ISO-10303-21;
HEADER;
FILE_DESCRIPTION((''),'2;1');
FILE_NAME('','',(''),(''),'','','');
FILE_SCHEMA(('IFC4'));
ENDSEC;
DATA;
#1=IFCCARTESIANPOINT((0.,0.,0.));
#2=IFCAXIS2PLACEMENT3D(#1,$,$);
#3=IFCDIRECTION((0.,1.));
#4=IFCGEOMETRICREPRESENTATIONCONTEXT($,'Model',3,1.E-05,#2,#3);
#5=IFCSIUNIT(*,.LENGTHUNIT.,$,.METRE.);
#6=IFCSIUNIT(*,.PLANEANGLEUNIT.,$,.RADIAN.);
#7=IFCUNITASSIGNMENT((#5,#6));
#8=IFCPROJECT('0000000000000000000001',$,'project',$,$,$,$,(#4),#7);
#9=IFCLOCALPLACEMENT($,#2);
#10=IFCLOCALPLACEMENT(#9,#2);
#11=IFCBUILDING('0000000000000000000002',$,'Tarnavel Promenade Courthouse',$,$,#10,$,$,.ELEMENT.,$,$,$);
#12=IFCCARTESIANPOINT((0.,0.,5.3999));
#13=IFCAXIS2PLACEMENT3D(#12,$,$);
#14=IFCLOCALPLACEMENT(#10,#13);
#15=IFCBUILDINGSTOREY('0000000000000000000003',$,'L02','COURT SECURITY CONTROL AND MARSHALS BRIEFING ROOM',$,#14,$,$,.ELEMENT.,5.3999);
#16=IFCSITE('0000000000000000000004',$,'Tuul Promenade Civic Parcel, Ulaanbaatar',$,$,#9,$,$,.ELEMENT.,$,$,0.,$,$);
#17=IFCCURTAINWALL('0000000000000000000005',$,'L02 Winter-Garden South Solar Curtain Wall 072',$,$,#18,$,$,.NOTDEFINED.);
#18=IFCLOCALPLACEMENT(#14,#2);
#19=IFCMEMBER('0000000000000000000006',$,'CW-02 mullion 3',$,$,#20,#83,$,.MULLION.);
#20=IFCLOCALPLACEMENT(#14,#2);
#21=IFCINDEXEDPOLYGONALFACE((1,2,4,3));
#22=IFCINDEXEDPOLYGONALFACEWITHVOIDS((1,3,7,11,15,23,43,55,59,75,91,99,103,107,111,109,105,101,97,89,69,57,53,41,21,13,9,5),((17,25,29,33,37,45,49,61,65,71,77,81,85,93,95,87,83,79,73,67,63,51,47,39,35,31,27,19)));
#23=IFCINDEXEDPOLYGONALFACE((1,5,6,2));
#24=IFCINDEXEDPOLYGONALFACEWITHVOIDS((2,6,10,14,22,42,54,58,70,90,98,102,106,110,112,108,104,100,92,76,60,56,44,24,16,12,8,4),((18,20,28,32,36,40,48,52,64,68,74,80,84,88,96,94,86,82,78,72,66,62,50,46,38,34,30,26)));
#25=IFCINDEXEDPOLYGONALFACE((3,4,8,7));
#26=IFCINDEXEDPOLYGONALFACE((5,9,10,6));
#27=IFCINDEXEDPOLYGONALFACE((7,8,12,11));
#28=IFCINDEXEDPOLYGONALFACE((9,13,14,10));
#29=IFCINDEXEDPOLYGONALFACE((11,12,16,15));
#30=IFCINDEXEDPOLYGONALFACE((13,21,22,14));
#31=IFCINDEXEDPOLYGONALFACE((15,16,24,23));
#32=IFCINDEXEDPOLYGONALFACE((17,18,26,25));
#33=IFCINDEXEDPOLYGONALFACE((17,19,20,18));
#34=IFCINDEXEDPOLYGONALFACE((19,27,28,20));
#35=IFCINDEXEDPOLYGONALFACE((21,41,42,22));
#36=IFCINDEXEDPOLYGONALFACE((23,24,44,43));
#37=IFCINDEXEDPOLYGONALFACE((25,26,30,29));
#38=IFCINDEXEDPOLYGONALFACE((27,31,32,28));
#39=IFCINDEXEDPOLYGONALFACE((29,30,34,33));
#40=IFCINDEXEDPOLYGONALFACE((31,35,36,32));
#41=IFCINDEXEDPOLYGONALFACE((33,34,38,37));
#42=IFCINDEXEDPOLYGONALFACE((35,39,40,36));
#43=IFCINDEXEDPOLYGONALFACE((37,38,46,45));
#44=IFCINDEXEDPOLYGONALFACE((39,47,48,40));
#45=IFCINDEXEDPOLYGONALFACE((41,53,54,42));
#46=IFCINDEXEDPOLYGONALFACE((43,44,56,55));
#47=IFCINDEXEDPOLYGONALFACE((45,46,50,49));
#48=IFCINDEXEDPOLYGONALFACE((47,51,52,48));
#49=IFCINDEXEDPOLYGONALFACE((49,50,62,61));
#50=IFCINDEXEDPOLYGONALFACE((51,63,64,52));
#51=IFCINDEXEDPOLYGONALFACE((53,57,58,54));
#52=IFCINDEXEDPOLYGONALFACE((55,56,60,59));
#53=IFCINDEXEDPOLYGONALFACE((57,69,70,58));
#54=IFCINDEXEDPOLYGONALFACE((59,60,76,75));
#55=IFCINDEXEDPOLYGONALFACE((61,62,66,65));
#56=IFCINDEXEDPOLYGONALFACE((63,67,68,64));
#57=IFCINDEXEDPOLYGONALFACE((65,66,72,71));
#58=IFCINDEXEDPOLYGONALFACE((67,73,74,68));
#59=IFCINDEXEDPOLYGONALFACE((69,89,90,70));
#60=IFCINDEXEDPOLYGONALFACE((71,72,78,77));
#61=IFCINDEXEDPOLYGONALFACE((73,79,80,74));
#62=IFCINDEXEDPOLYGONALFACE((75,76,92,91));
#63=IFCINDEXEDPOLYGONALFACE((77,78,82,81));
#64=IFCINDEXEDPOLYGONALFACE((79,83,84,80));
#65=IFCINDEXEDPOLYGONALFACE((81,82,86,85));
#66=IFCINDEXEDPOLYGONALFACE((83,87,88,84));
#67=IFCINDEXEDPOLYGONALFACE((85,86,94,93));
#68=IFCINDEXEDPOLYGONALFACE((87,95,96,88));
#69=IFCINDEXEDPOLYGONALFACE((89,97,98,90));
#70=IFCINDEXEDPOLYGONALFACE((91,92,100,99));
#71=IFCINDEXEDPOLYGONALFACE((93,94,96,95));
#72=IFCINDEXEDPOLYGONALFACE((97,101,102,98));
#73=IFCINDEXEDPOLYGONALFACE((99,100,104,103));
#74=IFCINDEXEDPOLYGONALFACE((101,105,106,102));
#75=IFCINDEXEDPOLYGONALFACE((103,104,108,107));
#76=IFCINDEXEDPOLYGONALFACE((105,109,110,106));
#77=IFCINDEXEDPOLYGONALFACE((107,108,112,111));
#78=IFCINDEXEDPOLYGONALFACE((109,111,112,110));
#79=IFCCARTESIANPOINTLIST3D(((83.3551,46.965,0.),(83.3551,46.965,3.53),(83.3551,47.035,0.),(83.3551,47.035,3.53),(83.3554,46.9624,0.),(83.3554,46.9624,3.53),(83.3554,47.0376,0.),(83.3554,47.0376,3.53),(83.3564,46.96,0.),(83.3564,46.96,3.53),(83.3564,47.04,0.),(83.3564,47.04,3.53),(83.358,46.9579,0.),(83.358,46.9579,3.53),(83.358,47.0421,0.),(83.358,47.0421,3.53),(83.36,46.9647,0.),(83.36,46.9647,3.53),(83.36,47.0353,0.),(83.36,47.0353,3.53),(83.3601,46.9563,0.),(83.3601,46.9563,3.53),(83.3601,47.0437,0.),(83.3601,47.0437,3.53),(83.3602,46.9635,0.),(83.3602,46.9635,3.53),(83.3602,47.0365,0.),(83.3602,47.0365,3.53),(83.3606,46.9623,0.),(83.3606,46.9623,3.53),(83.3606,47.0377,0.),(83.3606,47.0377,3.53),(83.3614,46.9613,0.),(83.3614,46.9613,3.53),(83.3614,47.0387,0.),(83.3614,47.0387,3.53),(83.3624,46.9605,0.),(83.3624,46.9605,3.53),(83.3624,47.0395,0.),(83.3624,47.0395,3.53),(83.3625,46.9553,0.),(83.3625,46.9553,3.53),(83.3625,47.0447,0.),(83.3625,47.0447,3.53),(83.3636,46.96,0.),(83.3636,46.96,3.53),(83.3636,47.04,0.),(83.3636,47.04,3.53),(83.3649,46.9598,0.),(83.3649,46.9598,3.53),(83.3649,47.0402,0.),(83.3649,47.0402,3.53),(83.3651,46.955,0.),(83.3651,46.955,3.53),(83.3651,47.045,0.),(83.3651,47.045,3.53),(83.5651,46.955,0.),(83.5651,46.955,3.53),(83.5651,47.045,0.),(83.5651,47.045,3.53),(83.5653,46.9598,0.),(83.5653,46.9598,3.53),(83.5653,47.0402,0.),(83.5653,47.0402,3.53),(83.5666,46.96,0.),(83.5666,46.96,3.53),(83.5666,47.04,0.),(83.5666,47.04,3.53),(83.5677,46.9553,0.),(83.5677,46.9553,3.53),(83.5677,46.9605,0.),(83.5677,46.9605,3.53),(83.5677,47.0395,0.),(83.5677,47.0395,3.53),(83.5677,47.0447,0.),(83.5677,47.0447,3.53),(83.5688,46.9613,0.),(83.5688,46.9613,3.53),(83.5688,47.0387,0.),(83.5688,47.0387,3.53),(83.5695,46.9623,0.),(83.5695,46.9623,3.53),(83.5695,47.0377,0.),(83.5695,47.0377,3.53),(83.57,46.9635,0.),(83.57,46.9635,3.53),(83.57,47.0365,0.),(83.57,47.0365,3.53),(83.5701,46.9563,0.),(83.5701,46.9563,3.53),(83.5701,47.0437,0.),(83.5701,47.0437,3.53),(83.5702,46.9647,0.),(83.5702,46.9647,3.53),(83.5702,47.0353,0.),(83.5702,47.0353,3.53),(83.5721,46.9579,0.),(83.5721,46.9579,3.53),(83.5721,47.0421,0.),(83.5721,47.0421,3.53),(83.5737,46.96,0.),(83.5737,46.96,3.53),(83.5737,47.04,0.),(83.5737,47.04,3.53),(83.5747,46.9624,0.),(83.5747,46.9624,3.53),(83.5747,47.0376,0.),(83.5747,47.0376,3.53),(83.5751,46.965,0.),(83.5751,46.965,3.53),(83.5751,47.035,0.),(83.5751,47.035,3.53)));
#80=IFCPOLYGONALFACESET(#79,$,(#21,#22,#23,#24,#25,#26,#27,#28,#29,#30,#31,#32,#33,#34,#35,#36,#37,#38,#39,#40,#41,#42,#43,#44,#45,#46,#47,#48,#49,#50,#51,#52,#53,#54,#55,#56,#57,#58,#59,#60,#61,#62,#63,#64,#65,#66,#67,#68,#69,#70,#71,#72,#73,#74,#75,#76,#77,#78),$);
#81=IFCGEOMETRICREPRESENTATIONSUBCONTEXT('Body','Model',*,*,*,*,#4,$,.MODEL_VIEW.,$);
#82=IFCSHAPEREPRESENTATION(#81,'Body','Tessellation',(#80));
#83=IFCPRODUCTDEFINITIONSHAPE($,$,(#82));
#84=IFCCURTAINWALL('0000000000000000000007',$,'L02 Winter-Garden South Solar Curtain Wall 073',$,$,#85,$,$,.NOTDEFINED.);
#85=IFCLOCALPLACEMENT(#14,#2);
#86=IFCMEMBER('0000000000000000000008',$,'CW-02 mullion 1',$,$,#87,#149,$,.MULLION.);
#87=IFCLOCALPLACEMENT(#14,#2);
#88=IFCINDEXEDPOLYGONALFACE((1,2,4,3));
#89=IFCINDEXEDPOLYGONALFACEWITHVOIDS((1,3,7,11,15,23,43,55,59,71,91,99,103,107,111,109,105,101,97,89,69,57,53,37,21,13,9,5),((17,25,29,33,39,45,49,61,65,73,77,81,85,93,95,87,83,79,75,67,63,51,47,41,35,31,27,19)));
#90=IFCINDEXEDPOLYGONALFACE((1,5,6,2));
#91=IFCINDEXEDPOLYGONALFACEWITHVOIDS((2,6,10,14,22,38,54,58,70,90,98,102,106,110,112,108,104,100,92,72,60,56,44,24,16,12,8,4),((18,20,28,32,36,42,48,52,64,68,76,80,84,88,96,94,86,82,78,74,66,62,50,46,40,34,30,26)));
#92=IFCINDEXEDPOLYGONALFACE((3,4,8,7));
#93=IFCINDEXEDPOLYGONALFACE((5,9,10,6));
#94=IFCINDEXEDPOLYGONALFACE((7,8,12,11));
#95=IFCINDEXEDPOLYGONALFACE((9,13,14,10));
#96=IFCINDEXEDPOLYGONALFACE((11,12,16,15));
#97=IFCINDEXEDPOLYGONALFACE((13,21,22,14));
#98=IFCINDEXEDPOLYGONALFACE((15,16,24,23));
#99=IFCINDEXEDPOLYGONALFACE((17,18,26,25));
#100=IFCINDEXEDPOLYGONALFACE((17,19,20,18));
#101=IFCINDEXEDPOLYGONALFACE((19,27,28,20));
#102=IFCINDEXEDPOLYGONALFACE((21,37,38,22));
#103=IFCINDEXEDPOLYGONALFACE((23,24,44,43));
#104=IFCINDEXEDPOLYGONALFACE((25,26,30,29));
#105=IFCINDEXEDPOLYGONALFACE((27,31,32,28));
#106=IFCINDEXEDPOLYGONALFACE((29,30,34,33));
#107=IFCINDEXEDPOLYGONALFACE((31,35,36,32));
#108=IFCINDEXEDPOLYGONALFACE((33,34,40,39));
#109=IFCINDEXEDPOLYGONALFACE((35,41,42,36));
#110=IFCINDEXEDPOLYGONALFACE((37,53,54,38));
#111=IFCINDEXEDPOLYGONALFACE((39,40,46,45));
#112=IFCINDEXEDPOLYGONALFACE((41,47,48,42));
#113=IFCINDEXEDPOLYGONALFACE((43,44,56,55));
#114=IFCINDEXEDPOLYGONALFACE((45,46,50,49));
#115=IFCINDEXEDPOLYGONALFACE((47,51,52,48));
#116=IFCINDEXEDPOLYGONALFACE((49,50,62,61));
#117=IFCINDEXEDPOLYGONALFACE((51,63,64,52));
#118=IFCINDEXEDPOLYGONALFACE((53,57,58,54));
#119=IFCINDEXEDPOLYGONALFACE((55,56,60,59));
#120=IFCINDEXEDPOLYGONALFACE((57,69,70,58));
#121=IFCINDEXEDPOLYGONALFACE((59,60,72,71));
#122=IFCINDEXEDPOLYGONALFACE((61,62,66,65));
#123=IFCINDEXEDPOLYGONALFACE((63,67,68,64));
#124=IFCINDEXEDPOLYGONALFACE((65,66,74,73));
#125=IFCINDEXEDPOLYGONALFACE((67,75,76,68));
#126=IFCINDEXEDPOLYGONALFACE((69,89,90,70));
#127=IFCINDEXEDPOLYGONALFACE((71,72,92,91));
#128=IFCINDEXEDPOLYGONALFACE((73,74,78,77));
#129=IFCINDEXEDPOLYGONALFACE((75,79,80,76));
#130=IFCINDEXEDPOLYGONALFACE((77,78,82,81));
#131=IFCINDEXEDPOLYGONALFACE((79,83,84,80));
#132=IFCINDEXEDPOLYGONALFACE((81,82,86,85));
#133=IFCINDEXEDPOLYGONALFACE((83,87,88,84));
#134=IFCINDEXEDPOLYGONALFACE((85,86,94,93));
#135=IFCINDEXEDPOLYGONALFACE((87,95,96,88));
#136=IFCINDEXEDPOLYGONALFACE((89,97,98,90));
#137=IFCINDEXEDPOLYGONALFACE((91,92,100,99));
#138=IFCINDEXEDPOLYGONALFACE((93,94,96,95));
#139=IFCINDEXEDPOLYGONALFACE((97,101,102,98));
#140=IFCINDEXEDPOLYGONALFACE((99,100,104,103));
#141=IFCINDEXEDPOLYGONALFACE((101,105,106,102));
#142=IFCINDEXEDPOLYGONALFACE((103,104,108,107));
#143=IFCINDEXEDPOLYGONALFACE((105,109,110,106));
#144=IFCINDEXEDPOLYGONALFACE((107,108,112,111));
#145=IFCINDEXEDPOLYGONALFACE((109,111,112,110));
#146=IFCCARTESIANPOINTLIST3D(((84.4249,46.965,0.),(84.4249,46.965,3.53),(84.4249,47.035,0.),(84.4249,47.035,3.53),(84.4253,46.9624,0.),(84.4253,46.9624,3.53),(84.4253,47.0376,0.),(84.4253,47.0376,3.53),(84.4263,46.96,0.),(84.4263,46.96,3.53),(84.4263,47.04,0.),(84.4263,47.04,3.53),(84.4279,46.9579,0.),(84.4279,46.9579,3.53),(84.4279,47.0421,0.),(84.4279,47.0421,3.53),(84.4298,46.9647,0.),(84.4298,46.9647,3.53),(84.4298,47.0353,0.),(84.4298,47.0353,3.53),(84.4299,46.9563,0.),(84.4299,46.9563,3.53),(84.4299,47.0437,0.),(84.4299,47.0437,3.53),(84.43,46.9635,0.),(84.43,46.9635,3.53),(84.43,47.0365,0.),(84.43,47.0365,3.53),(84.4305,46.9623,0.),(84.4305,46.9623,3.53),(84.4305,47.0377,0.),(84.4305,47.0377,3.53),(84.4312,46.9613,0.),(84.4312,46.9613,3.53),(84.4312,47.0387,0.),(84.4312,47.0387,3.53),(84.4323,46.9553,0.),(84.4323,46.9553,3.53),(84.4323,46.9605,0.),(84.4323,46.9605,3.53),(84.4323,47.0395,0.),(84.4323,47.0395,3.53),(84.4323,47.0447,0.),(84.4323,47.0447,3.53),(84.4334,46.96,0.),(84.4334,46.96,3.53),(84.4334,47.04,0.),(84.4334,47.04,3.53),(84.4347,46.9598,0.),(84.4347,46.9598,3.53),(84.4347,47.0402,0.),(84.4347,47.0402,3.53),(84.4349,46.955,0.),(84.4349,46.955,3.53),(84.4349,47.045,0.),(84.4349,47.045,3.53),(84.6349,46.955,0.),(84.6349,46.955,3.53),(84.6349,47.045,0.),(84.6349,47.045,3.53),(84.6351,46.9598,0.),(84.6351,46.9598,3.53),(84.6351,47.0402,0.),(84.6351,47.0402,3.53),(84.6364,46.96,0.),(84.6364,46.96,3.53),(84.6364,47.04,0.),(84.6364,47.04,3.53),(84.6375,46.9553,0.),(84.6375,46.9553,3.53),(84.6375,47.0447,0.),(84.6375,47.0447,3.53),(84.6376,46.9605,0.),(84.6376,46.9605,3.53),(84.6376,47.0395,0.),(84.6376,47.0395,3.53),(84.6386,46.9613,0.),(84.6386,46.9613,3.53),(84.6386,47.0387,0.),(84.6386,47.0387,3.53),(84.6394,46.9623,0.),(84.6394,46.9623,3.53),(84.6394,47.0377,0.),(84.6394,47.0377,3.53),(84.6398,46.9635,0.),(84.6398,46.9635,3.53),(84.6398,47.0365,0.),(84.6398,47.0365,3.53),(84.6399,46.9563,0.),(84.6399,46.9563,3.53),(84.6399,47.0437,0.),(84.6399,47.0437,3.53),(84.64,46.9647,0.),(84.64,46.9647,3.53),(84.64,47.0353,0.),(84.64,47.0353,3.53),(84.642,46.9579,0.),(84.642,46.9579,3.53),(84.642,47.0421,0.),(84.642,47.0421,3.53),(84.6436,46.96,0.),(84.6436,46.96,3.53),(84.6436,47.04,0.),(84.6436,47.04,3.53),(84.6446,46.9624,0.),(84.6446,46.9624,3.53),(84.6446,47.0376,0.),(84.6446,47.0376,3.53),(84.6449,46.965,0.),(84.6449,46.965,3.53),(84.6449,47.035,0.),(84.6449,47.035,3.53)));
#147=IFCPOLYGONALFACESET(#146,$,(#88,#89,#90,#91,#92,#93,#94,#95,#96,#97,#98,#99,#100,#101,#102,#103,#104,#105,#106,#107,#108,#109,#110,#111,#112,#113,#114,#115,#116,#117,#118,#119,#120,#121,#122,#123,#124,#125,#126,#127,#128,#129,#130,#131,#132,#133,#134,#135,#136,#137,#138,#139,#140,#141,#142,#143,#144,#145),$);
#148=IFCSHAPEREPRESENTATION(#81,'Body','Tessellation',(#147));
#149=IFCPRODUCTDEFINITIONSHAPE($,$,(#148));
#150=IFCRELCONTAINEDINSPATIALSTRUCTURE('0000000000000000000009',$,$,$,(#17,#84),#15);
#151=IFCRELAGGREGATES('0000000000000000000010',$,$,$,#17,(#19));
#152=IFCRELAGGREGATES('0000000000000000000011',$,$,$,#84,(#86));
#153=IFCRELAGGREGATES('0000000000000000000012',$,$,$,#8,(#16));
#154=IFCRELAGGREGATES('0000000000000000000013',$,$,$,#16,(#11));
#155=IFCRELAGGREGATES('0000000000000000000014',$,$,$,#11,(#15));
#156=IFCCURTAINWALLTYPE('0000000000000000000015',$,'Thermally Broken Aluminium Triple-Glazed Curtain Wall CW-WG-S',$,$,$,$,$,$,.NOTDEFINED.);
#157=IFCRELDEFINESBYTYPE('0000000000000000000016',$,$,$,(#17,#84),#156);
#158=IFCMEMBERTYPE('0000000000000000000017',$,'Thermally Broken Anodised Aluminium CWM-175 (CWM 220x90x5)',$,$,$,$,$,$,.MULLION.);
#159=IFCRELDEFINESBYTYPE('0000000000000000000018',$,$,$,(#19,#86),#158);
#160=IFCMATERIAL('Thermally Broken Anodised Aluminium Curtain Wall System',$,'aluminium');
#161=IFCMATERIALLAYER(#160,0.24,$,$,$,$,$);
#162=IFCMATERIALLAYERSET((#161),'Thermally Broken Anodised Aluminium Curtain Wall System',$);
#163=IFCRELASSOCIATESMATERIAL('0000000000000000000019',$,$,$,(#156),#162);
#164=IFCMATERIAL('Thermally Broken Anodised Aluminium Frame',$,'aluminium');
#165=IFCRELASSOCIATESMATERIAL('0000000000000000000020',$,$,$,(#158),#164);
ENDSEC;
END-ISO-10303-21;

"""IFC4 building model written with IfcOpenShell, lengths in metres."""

from ifc_helpers import new_model, si_unit, direction, frame, origin, origin_2d, place, context, subcontext, project, spatial, hollow_rectangle, extrude, material, layer, layer_set, material_profile, profile_set, type_object, element, aggregate, save


model = new_model("IFC4")

# Units and contexts
model_context = context("Model", 3, precision=1e-05, world=origin(), true_north=direction((0.0, 1.0)))
body_context = subcontext(model_context, "Body", "Model", "MODEL_VIEW")
ifc_project = project(units=[si_unit("LENGTHUNIT", "METRE"), si_unit("PLANEANGLEUNIT", "RADIAN")], contexts=[model_context])

# Site, building, storey
site_placement = place(None, origin())
site = spatial("IfcSite", under=ifc_project, at=site_placement, Name="Tuul Promenade Civic Parcel, Ulaanbaatar", CompositionType="ELEMENT", RefElevation=0.0)
building_placement = place(site_placement, origin())
building = spatial("IfcBuilding", under=site, at=building_placement, Name="Tarnavel Promenade Courthouse", CompositionType="ELEMENT")
storey_placement = place(building_placement, frame((0.0, 0.0, 5.3999)))
storey = spatial("IfcBuildingStorey", under=building, at=storey_placement, Name="L02", Description="COURT SECURITY CONTROL AND MARSHALS BRIEFING ROOM", CompositionType="ELEMENT", Elevation=5.3999)

# Curtain walls, members
ifc_material_1 = material(Name="Thermally Broken Anodised Aluminium Curtain Wall System", Category="aluminium")
ifc_layer_1 = layer(ifc_material_1, 0.24)
ifc_layer_set_1 = layer_set([ifc_layer_1], Name="Thermally Broken Anodised Aluminium Curtain Wall System")
curtain_wall_type = type_object("IfcCurtainWallType", Name="Thermally Broken Aluminium Triple-Glazed Curtain Wall CW-WG-S", PredefinedType="NOTDEFINED", material=ifc_layer_set_1)
ifc_material_2 = material(Name="Thermally Broken Anodised Aluminium Frame", Category="aluminium")
ifc_material_profile_1 = material_profile(ifc_material_2, hollow_rectangle(XDim=0.0901, YDim=0.22, WallThickness=0.0049, InnerFilletRadius=0.0049, OuterFilletRadius=0.01, at=origin_2d()), Name="CWM 220x90x5")
ifc_profile_set_1 = profile_set([ifc_material_profile_1], Name="Thermally Broken Anodised Aluminium Frame")
member_type_1 = type_object("IfcMemberType", Name="Thermally Broken Anodised Aluminium CWM-175 (CWM 220x90x5)", PredefinedType="MULLION", material=ifc_profile_set_1)
curtain_wall_1_placement = place(storey_placement, origin())
curtain_wall_1 = element("IfcCurtainWall", 1, at=curtain_wall_1_placement, inside=storey, type_object=curtain_wall_type, Name="L02 Winter-Garden South Solar Curtain Wall 072", PredefinedType="NOTDEFINED")
member_1_placement = place(storey_placement, frame((83.4651, 47.0, 0.0), z_axis=(0.0, 0.0, 1.0), x_axis=(0.0, 1.0, 0.0)))
member_1 = element("IfcMember", 2, at=member_1_placement, type_object=member_type_1, Name="CW-02 mullion 3", PredefinedType="MULLION", context=body_context, shape_type="SweptSolid", body=[
    extrude(hollow_rectangle(XDim=0.0901, YDim=0.22, WallThickness=0.0049, InnerFilletRadius=0.0049, OuterFilletRadius=0.01, at=origin_2d()), origin(), (0.0, 0.0, 1.0), 3.53),
])
curtain_wall_2_placement = place(storey_placement, origin())
curtain_wall_2 = element("IfcCurtainWall", 3, at=curtain_wall_2_placement, inside=storey, type_object=curtain_wall_type, Name="L02 Winter-Garden South Solar Curtain Wall 073", PredefinedType="NOTDEFINED")
member_2_placement = place(storey_placement, frame((84.5349, 47.0, 0.0), z_axis=(0.0, 0.0, 1.0), x_axis=(0.0, 1.0, 0.0)))
member_2 = element("IfcMember", 4, at=member_2_placement, type_object=member_type_1, Name="CW-02 mullion 1", PredefinedType="MULLION", context=body_context, shape_type="SweptSolid", body=[
    extrude(hollow_rectangle(XDim=0.0901, YDim=0.22, WallThickness=0.0049, InnerFilletRadius=0.0049, OuterFilletRadius=0.01, at=origin_2d()), origin(), (0.0, 0.0, 1.0), 3.53),
])

aggregate(curtain_wall_1, [member_1])
aggregate(curtain_wall_2, [member_2])

save(model, "model.ifc")
